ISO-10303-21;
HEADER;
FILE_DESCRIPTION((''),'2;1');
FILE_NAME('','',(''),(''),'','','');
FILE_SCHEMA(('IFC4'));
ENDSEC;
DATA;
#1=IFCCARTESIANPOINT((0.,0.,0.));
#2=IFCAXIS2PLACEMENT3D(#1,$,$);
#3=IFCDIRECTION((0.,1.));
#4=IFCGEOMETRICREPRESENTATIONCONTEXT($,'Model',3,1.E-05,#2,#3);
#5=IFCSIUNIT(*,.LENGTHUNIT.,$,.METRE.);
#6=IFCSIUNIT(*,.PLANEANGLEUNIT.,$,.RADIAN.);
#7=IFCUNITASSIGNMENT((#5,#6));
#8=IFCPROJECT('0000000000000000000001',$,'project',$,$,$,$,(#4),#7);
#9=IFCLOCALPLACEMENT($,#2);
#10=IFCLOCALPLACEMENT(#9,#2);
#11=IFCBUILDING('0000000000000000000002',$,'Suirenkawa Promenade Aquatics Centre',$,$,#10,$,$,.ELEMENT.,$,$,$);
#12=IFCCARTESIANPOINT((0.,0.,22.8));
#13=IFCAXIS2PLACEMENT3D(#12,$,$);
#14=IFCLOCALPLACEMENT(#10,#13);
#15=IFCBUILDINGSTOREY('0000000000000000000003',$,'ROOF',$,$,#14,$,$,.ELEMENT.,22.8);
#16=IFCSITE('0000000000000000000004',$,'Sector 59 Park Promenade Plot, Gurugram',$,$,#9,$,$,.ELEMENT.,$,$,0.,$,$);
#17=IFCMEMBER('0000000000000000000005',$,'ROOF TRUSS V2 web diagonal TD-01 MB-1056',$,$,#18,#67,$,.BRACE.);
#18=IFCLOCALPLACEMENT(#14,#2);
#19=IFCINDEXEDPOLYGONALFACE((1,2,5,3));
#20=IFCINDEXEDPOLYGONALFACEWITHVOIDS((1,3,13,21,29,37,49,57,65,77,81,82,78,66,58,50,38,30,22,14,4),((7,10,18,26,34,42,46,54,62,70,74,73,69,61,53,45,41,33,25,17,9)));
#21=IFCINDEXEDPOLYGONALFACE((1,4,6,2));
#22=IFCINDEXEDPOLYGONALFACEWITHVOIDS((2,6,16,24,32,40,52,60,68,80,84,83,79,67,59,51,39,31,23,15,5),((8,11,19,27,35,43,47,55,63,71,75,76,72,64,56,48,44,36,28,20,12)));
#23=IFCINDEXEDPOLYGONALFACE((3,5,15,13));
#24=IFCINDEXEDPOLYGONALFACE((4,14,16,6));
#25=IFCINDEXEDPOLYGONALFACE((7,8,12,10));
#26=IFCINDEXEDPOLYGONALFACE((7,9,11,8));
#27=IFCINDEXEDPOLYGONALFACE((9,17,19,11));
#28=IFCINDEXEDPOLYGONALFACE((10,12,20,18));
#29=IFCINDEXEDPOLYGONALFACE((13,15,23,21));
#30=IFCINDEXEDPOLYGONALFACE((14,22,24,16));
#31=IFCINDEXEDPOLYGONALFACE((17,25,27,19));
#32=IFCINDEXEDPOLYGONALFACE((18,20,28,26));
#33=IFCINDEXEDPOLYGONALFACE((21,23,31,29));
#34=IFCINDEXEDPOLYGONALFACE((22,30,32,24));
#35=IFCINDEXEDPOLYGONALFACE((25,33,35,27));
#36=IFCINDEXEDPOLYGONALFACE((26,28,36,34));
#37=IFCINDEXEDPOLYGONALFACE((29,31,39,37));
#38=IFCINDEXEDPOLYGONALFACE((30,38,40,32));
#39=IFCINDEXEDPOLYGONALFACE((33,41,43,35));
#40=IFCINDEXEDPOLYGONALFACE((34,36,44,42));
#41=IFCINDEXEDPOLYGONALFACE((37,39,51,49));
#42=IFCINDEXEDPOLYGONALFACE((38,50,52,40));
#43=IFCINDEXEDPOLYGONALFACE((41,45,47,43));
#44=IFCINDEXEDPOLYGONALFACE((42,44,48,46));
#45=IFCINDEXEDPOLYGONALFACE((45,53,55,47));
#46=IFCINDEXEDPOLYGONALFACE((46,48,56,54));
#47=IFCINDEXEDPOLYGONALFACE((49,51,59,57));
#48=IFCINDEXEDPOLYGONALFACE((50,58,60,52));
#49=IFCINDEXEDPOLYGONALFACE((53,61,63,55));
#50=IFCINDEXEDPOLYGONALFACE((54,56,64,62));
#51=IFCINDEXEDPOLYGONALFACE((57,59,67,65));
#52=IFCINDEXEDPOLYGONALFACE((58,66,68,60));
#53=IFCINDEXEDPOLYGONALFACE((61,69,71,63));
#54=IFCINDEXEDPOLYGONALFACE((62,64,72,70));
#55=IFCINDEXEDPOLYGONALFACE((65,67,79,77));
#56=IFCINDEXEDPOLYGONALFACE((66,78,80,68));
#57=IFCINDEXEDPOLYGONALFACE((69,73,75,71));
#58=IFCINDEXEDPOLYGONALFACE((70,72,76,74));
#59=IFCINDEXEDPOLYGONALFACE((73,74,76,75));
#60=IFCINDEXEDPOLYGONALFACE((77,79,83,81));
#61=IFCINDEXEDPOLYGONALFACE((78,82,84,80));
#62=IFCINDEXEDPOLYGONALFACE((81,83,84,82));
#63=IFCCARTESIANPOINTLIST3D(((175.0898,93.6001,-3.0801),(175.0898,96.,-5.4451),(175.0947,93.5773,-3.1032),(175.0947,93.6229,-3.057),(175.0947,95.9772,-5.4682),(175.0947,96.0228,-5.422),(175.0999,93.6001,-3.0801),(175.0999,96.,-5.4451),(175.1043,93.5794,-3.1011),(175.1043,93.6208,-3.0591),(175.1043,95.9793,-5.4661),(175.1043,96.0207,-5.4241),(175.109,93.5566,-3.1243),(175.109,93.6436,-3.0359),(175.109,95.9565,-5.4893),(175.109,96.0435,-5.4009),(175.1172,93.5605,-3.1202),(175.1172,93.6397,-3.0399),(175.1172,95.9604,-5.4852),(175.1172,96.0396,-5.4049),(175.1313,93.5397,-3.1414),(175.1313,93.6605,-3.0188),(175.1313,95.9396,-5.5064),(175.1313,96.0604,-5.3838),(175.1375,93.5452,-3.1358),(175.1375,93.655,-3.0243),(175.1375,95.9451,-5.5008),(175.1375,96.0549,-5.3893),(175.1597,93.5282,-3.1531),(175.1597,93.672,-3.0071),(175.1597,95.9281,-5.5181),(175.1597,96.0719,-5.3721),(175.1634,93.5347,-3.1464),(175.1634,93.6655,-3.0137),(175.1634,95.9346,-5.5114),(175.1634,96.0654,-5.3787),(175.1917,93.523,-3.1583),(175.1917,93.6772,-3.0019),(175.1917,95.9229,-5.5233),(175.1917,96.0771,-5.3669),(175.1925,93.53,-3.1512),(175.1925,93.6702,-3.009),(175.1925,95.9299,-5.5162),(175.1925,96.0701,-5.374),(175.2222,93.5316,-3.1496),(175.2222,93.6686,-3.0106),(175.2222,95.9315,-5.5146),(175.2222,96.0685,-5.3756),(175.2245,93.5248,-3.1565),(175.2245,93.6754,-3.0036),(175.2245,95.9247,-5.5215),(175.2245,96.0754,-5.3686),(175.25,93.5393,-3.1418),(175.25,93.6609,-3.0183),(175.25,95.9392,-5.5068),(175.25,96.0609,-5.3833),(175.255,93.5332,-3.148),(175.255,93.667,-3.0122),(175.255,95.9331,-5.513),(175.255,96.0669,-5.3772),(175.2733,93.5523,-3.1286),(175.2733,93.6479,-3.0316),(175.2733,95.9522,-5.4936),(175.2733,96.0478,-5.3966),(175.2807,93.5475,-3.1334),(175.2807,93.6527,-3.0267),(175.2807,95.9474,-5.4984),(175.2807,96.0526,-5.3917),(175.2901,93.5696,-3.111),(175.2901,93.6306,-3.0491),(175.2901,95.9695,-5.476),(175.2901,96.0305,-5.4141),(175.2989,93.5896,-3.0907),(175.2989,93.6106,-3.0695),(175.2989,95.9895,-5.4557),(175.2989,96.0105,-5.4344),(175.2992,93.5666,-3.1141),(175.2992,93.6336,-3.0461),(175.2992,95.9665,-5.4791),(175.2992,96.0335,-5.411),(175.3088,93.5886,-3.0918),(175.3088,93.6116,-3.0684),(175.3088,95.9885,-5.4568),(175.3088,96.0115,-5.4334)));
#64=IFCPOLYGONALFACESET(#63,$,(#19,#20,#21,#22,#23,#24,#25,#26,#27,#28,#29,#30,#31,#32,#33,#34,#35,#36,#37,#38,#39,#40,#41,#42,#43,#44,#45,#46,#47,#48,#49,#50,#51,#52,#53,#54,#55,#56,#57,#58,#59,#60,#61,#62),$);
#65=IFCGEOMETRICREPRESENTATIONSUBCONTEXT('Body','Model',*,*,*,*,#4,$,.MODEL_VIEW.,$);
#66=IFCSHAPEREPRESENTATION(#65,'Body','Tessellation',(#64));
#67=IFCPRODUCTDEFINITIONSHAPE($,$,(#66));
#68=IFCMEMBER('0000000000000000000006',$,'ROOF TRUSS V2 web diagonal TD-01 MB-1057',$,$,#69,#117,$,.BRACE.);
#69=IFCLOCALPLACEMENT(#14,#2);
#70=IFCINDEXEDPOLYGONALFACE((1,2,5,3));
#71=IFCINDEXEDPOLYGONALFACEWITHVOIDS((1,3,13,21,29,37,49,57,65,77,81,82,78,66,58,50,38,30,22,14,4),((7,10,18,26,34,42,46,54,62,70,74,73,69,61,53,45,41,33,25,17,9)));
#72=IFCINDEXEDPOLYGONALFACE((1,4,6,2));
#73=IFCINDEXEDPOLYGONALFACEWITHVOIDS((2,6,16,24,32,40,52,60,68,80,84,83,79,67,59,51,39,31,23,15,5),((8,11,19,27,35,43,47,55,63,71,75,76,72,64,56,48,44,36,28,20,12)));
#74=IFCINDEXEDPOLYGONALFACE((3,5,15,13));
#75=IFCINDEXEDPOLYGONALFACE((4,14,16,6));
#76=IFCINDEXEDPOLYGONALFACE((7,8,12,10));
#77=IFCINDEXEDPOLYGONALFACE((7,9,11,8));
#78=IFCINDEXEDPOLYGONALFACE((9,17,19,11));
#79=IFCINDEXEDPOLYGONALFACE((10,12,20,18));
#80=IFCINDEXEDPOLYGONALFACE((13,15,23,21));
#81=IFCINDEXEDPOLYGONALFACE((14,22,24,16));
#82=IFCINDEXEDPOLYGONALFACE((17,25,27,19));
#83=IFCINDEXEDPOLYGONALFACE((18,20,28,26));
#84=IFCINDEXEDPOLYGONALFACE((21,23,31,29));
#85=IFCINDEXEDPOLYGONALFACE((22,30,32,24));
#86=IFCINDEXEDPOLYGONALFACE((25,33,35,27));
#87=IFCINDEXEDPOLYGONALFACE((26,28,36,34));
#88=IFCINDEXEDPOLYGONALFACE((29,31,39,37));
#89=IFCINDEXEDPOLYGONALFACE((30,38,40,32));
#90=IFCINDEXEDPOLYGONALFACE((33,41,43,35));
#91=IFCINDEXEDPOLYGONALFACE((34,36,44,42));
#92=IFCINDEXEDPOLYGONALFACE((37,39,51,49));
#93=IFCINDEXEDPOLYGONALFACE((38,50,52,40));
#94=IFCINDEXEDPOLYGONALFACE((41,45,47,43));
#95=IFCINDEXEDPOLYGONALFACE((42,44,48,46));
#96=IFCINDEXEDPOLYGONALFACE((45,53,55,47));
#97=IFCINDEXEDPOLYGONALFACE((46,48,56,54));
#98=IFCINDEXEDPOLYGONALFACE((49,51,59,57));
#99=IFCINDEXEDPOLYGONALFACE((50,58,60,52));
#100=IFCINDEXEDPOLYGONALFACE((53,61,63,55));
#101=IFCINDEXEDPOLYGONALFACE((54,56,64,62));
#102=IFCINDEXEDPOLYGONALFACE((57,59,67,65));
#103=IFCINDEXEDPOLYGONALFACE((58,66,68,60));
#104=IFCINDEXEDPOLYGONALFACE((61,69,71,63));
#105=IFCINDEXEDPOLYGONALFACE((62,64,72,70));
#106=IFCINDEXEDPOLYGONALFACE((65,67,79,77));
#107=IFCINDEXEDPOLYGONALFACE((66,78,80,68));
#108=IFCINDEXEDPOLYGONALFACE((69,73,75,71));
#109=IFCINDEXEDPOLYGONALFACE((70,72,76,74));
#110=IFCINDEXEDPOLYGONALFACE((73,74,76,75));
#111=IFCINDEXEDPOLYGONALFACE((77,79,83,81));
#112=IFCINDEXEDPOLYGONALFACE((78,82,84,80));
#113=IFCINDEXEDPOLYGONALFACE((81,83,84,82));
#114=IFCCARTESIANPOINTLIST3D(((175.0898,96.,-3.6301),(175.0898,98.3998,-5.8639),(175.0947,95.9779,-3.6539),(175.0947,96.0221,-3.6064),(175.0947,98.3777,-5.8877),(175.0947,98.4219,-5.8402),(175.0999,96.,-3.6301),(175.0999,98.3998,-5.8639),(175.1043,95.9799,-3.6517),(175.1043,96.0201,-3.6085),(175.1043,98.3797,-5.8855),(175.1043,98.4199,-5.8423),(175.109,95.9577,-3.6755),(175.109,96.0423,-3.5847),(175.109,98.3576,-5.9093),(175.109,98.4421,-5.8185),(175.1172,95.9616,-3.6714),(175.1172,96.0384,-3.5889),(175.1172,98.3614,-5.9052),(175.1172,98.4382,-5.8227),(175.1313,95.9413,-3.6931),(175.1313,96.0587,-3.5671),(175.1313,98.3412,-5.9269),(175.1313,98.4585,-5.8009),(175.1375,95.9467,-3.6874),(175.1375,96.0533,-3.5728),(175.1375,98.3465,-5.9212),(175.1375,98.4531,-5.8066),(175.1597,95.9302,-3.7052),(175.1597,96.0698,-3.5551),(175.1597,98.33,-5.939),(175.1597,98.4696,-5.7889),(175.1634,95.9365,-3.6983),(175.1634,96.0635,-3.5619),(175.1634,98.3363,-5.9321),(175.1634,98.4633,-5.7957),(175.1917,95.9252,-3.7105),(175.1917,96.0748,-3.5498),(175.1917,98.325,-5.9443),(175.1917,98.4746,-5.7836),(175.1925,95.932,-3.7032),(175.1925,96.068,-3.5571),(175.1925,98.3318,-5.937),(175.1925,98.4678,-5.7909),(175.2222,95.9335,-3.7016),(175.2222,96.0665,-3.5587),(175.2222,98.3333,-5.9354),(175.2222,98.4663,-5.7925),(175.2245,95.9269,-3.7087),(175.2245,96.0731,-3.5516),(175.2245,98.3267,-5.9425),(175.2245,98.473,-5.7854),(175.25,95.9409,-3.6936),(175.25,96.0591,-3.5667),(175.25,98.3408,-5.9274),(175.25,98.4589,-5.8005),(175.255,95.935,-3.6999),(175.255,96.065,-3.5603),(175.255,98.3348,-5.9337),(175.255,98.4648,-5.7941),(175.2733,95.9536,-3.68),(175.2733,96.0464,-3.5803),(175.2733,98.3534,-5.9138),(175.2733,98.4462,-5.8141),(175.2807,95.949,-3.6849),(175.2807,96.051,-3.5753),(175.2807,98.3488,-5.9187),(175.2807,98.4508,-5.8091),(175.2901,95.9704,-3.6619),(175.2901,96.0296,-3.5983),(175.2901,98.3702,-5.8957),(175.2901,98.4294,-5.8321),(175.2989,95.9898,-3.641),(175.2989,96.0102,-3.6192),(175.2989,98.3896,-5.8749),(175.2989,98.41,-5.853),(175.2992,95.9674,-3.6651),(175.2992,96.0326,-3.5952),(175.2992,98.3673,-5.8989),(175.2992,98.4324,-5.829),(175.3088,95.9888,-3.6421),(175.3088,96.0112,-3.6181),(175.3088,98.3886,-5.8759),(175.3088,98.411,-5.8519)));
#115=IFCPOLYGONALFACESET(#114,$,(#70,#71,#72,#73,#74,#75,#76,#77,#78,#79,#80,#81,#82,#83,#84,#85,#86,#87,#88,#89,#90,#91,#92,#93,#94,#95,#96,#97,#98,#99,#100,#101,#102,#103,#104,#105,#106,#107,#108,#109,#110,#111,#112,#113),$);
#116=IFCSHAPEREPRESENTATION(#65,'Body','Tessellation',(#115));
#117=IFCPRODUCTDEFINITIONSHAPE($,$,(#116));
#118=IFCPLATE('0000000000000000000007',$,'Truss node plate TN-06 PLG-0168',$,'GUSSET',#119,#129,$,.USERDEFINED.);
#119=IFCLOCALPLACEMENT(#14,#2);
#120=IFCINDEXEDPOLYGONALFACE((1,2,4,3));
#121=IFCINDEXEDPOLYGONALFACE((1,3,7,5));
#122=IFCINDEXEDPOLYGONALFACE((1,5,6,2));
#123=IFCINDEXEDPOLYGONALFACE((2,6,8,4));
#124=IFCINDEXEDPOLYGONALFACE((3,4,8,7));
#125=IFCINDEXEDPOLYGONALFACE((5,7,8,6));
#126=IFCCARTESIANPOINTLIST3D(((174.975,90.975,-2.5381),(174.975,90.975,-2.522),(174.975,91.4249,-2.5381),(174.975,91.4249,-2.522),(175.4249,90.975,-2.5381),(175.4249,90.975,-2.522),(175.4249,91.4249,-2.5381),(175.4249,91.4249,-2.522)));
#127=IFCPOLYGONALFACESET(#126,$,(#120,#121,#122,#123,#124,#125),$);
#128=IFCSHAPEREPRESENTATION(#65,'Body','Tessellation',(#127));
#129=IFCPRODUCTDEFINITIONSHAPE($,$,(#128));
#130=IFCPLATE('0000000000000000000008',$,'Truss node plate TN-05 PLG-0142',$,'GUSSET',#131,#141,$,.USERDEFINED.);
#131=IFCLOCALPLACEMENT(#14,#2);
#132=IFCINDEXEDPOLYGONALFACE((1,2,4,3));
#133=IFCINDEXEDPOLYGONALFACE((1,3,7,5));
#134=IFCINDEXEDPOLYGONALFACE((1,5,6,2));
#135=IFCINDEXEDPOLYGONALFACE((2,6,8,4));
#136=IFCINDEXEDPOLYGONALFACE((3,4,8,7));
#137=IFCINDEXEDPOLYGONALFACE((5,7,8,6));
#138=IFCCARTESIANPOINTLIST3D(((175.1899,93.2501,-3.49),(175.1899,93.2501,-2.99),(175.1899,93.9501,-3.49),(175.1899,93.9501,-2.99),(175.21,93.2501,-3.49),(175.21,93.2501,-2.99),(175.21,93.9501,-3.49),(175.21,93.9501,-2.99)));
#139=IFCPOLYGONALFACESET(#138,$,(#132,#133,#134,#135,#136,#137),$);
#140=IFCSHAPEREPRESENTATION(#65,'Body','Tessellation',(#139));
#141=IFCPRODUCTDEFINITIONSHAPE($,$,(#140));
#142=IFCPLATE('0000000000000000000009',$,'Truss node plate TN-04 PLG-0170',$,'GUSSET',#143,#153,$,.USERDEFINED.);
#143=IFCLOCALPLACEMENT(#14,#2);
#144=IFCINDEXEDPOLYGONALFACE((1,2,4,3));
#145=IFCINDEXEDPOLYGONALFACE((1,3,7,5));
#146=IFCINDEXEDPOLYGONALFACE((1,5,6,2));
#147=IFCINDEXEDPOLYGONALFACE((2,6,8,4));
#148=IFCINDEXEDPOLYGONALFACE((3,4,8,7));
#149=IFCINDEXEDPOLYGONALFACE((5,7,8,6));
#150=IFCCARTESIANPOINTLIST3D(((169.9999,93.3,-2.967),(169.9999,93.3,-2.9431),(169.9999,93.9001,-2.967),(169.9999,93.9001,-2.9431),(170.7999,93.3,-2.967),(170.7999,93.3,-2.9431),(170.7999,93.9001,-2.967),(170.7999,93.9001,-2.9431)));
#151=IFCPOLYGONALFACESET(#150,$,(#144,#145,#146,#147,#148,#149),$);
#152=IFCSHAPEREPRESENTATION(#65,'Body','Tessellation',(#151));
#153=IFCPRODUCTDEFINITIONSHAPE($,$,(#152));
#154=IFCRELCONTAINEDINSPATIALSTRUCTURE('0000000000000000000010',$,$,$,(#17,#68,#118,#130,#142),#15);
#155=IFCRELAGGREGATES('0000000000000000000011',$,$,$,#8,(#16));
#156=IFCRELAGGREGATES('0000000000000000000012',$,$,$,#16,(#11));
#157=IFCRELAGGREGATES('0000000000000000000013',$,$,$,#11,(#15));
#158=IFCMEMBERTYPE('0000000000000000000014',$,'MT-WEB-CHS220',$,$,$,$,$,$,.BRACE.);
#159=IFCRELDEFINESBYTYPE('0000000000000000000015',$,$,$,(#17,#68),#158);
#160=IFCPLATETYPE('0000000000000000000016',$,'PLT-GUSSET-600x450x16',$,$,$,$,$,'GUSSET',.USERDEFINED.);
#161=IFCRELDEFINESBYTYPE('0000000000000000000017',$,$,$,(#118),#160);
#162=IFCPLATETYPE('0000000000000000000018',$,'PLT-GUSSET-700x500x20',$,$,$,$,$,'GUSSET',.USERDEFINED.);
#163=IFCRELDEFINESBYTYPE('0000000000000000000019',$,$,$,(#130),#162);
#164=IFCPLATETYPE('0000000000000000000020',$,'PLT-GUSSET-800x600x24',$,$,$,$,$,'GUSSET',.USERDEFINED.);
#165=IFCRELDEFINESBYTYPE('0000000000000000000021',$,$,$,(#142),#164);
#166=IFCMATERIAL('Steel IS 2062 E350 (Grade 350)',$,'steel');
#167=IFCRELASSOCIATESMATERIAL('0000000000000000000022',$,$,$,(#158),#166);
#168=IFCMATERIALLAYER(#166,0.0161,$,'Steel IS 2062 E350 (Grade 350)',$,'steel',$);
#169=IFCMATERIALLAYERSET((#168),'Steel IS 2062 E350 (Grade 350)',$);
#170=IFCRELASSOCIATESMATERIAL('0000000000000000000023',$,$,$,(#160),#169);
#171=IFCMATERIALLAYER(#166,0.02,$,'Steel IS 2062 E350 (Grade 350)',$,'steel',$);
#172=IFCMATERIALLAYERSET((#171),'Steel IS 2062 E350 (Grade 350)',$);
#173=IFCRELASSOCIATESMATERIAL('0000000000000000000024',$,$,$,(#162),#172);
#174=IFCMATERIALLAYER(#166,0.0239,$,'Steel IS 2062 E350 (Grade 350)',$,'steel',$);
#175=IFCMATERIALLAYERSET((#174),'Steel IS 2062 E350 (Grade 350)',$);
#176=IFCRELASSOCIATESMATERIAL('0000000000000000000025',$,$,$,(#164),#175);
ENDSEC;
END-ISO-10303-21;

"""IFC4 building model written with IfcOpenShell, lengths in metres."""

from ifc_helpers import new_model, si_unit, direction, frame, origin, origin_2d, place, context, subcontext, project, spatial, rectangle, hollow_circle, extrude, material, layer, layer_set, material_profile, profile_set, type_object, element, save


model = new_model("IFC4")

# Units and contexts
model_context = context("Model", 3, precision=1e-05, world=origin(), true_north=direction((0.0, 1.0)))
body_context = subcontext(model_context, "Body", "Model", "MODEL_VIEW")
ifc_project = project(units=[si_unit("LENGTHUNIT", "METRE"), si_unit("PLANEANGLEUNIT", "RADIAN")], contexts=[model_context])

# Site, building, storey
site_placement = place(None, origin())
site = spatial("IfcSite", under=ifc_project, at=site_placement, Name="Sector 59 Park Promenade Plot, Gurugram", CompositionType="ELEMENT", RefElevation=0.0)
building_placement = place(site_placement, origin())
building = spatial("IfcBuilding", under=site, at=building_placement, Name="Suirenkawa Promenade Aquatics Centre", CompositionType="ELEMENT")
storey_placement = place(building_placement, frame((0.0, 0.0, 22.8)))
storey = spatial("IfcBuildingStorey", under=building, at=storey_placement, Name="ROOF", CompositionType="ELEMENT", Elevation=22.8)

# Shared definitions
ifc_material = material(Name="Steel IS 2062 E350 (Grade 350)", Category="steel")

# Members
ifc_material_profile_1 = material_profile(ifc_material, hollow_circle(Radius=0.1101, WallThickness=0.01, at=origin_2d()), Name="CHS 220x10", Category="steel")
ifc_profile_set_1 = profile_set([ifc_material_profile_1], Name="Steel IS 2062 E350 (Grade 350)")
member_type_1 = type_object("IfcMemberType", Name="MT-WEB-CHS220", PredefinedType="BRACE", material=ifc_profile_set_1)
member_1_placement = place(storey_placement, frame((175.2, 93.6001, -3.0801), z_axis=(0.0, 0.712269, -0.701907), x_axis=(-1.0, 0.0, 0.0)))
element("IfcMember", 1, at=member_1_placement, inside=storey, type_object=member_type_1, Name="ROOF TRUSS V2 web diagonal TD-01 MB-1056", PredefinedType="BRACE", context=body_context, shape_type="SweptSolid", body=[
    extrude(hollow_circle(Radius=0.1101, WallThickness=0.01, at=origin_2d()), origin(), (0.0, 0.0, 1.0), 3.3694),
])
member_2_placement = place(storey_placement, frame((175.2, 96.0, -3.6301), z_axis=(0.0, 0.731971, -0.681336), x_axis=(-1.0, 0.0, 0.0)))
element("IfcMember", 2, at=member_2_placement, inside=storey, type_object=member_type_1, Name="ROOF TRUSS V2 web diagonal TD-01 MB-1057", PredefinedType="BRACE", context=body_context, shape_type="SweptSolid", body=[
    extrude(hollow_circle(Radius=0.1101, WallThickness=0.01, at=origin_2d()), origin(), (0.0, 0.0, 1.0), 3.2786),
])

# Plates
ifc_layer_1 = layer(ifc_material, 0.0161, Name="Steel IS 2062 E350 (Grade 350)", Category="steel")
ifc_layer_set_1 = layer_set([ifc_layer_1], Name="Steel IS 2062 E350 (Grade 350)")
plate_type_1 = type_object("IfcPlateType", Name="PLT-GUSSET-600x450x16", ElementType="GUSSET", PredefinedType="USERDEFINED", material=ifc_layer_set_1)
plate_1_placement = place(storey_placement, frame((175.2, 91.2, -2.5381), z_axis=(0.0, 0.0, 1.0), x_axis=(1.0, 0.0, 0.0)))
element("IfcPlate", 3, at=plate_1_placement, inside=storey, type_object=plate_type_1, Name="Truss node plate TN-06 PLG-0168", ObjectType="GUSSET", PredefinedType="USERDEFINED", context=body_context, shape_type="SweptSolid", body=[
    extrude(rectangle(XDim=0.45, YDim=0.45, at=origin_2d()), origin(), (0.0, 0.0, 1.0), 0.0161),
])
ifc_layer_2 = layer(ifc_material, 0.02, Name="Steel IS 2062 E350 (Grade 350)", Category="steel")
ifc_layer_set_2 = layer_set([ifc_layer_2], Name="Steel IS 2062 E350 (Grade 350)")
plate_type_2 = type_object("IfcPlateType", Name="PLT-GUSSET-700x500x20", ElementType="GUSSET", PredefinedType="USERDEFINED", material=ifc_layer_set_2)
plate_2_placement = place(storey_placement, frame((175.2, 93.6001, -3.49), z_axis=(0.0, 0.0, 1.0), x_axis=(0.0, 1.0, 0.0)))
element("IfcPlate", 4, at=plate_2_placement, inside=storey, type_object=plate_type_2, Name="Truss node plate TN-05 PLG-0142", ObjectType="GUSSET", PredefinedType="USERDEFINED", context=body_context, shape_type="SweptSolid", body=[
    extrude(rectangle(XDim=0.7, YDim=0.02, at=origin_2d()), origin(), (0.0, 0.0, 1.0), 0.5),
])
ifc_layer_3 = layer(ifc_material, 0.0239, Name="Steel IS 2062 E350 (Grade 350)", Category="steel")
ifc_layer_set_3 = layer_set([ifc_layer_3], Name="Steel IS 2062 E350 (Grade 350)")
plate_type_3 = type_object("IfcPlateType", Name="PLT-GUSSET-800x600x24", ElementType="GUSSET", PredefinedType="USERDEFINED", material=ifc_layer_set_3)
plate_3_placement = place(storey_placement, frame((170.3999, 93.6001, -2.967), z_axis=(0.0, 0.0, 1.0), x_axis=(1.0, 0.0, 0.0)))
element("IfcPlate", 5, at=plate_3_placement, inside=storey, type_object=plate_type_3, Name="Truss node plate TN-04 PLG-0170", ObjectType="GUSSET", PredefinedType="USERDEFINED", context=body_context, shape_type="SweptSolid", body=[
    extrude(rectangle(XDim=0.8, YDim=0.6001, at=origin_2d()), origin(), (0.0, 0.0, 1.0), 0.0239),
])

save(model, "model.ifc")
